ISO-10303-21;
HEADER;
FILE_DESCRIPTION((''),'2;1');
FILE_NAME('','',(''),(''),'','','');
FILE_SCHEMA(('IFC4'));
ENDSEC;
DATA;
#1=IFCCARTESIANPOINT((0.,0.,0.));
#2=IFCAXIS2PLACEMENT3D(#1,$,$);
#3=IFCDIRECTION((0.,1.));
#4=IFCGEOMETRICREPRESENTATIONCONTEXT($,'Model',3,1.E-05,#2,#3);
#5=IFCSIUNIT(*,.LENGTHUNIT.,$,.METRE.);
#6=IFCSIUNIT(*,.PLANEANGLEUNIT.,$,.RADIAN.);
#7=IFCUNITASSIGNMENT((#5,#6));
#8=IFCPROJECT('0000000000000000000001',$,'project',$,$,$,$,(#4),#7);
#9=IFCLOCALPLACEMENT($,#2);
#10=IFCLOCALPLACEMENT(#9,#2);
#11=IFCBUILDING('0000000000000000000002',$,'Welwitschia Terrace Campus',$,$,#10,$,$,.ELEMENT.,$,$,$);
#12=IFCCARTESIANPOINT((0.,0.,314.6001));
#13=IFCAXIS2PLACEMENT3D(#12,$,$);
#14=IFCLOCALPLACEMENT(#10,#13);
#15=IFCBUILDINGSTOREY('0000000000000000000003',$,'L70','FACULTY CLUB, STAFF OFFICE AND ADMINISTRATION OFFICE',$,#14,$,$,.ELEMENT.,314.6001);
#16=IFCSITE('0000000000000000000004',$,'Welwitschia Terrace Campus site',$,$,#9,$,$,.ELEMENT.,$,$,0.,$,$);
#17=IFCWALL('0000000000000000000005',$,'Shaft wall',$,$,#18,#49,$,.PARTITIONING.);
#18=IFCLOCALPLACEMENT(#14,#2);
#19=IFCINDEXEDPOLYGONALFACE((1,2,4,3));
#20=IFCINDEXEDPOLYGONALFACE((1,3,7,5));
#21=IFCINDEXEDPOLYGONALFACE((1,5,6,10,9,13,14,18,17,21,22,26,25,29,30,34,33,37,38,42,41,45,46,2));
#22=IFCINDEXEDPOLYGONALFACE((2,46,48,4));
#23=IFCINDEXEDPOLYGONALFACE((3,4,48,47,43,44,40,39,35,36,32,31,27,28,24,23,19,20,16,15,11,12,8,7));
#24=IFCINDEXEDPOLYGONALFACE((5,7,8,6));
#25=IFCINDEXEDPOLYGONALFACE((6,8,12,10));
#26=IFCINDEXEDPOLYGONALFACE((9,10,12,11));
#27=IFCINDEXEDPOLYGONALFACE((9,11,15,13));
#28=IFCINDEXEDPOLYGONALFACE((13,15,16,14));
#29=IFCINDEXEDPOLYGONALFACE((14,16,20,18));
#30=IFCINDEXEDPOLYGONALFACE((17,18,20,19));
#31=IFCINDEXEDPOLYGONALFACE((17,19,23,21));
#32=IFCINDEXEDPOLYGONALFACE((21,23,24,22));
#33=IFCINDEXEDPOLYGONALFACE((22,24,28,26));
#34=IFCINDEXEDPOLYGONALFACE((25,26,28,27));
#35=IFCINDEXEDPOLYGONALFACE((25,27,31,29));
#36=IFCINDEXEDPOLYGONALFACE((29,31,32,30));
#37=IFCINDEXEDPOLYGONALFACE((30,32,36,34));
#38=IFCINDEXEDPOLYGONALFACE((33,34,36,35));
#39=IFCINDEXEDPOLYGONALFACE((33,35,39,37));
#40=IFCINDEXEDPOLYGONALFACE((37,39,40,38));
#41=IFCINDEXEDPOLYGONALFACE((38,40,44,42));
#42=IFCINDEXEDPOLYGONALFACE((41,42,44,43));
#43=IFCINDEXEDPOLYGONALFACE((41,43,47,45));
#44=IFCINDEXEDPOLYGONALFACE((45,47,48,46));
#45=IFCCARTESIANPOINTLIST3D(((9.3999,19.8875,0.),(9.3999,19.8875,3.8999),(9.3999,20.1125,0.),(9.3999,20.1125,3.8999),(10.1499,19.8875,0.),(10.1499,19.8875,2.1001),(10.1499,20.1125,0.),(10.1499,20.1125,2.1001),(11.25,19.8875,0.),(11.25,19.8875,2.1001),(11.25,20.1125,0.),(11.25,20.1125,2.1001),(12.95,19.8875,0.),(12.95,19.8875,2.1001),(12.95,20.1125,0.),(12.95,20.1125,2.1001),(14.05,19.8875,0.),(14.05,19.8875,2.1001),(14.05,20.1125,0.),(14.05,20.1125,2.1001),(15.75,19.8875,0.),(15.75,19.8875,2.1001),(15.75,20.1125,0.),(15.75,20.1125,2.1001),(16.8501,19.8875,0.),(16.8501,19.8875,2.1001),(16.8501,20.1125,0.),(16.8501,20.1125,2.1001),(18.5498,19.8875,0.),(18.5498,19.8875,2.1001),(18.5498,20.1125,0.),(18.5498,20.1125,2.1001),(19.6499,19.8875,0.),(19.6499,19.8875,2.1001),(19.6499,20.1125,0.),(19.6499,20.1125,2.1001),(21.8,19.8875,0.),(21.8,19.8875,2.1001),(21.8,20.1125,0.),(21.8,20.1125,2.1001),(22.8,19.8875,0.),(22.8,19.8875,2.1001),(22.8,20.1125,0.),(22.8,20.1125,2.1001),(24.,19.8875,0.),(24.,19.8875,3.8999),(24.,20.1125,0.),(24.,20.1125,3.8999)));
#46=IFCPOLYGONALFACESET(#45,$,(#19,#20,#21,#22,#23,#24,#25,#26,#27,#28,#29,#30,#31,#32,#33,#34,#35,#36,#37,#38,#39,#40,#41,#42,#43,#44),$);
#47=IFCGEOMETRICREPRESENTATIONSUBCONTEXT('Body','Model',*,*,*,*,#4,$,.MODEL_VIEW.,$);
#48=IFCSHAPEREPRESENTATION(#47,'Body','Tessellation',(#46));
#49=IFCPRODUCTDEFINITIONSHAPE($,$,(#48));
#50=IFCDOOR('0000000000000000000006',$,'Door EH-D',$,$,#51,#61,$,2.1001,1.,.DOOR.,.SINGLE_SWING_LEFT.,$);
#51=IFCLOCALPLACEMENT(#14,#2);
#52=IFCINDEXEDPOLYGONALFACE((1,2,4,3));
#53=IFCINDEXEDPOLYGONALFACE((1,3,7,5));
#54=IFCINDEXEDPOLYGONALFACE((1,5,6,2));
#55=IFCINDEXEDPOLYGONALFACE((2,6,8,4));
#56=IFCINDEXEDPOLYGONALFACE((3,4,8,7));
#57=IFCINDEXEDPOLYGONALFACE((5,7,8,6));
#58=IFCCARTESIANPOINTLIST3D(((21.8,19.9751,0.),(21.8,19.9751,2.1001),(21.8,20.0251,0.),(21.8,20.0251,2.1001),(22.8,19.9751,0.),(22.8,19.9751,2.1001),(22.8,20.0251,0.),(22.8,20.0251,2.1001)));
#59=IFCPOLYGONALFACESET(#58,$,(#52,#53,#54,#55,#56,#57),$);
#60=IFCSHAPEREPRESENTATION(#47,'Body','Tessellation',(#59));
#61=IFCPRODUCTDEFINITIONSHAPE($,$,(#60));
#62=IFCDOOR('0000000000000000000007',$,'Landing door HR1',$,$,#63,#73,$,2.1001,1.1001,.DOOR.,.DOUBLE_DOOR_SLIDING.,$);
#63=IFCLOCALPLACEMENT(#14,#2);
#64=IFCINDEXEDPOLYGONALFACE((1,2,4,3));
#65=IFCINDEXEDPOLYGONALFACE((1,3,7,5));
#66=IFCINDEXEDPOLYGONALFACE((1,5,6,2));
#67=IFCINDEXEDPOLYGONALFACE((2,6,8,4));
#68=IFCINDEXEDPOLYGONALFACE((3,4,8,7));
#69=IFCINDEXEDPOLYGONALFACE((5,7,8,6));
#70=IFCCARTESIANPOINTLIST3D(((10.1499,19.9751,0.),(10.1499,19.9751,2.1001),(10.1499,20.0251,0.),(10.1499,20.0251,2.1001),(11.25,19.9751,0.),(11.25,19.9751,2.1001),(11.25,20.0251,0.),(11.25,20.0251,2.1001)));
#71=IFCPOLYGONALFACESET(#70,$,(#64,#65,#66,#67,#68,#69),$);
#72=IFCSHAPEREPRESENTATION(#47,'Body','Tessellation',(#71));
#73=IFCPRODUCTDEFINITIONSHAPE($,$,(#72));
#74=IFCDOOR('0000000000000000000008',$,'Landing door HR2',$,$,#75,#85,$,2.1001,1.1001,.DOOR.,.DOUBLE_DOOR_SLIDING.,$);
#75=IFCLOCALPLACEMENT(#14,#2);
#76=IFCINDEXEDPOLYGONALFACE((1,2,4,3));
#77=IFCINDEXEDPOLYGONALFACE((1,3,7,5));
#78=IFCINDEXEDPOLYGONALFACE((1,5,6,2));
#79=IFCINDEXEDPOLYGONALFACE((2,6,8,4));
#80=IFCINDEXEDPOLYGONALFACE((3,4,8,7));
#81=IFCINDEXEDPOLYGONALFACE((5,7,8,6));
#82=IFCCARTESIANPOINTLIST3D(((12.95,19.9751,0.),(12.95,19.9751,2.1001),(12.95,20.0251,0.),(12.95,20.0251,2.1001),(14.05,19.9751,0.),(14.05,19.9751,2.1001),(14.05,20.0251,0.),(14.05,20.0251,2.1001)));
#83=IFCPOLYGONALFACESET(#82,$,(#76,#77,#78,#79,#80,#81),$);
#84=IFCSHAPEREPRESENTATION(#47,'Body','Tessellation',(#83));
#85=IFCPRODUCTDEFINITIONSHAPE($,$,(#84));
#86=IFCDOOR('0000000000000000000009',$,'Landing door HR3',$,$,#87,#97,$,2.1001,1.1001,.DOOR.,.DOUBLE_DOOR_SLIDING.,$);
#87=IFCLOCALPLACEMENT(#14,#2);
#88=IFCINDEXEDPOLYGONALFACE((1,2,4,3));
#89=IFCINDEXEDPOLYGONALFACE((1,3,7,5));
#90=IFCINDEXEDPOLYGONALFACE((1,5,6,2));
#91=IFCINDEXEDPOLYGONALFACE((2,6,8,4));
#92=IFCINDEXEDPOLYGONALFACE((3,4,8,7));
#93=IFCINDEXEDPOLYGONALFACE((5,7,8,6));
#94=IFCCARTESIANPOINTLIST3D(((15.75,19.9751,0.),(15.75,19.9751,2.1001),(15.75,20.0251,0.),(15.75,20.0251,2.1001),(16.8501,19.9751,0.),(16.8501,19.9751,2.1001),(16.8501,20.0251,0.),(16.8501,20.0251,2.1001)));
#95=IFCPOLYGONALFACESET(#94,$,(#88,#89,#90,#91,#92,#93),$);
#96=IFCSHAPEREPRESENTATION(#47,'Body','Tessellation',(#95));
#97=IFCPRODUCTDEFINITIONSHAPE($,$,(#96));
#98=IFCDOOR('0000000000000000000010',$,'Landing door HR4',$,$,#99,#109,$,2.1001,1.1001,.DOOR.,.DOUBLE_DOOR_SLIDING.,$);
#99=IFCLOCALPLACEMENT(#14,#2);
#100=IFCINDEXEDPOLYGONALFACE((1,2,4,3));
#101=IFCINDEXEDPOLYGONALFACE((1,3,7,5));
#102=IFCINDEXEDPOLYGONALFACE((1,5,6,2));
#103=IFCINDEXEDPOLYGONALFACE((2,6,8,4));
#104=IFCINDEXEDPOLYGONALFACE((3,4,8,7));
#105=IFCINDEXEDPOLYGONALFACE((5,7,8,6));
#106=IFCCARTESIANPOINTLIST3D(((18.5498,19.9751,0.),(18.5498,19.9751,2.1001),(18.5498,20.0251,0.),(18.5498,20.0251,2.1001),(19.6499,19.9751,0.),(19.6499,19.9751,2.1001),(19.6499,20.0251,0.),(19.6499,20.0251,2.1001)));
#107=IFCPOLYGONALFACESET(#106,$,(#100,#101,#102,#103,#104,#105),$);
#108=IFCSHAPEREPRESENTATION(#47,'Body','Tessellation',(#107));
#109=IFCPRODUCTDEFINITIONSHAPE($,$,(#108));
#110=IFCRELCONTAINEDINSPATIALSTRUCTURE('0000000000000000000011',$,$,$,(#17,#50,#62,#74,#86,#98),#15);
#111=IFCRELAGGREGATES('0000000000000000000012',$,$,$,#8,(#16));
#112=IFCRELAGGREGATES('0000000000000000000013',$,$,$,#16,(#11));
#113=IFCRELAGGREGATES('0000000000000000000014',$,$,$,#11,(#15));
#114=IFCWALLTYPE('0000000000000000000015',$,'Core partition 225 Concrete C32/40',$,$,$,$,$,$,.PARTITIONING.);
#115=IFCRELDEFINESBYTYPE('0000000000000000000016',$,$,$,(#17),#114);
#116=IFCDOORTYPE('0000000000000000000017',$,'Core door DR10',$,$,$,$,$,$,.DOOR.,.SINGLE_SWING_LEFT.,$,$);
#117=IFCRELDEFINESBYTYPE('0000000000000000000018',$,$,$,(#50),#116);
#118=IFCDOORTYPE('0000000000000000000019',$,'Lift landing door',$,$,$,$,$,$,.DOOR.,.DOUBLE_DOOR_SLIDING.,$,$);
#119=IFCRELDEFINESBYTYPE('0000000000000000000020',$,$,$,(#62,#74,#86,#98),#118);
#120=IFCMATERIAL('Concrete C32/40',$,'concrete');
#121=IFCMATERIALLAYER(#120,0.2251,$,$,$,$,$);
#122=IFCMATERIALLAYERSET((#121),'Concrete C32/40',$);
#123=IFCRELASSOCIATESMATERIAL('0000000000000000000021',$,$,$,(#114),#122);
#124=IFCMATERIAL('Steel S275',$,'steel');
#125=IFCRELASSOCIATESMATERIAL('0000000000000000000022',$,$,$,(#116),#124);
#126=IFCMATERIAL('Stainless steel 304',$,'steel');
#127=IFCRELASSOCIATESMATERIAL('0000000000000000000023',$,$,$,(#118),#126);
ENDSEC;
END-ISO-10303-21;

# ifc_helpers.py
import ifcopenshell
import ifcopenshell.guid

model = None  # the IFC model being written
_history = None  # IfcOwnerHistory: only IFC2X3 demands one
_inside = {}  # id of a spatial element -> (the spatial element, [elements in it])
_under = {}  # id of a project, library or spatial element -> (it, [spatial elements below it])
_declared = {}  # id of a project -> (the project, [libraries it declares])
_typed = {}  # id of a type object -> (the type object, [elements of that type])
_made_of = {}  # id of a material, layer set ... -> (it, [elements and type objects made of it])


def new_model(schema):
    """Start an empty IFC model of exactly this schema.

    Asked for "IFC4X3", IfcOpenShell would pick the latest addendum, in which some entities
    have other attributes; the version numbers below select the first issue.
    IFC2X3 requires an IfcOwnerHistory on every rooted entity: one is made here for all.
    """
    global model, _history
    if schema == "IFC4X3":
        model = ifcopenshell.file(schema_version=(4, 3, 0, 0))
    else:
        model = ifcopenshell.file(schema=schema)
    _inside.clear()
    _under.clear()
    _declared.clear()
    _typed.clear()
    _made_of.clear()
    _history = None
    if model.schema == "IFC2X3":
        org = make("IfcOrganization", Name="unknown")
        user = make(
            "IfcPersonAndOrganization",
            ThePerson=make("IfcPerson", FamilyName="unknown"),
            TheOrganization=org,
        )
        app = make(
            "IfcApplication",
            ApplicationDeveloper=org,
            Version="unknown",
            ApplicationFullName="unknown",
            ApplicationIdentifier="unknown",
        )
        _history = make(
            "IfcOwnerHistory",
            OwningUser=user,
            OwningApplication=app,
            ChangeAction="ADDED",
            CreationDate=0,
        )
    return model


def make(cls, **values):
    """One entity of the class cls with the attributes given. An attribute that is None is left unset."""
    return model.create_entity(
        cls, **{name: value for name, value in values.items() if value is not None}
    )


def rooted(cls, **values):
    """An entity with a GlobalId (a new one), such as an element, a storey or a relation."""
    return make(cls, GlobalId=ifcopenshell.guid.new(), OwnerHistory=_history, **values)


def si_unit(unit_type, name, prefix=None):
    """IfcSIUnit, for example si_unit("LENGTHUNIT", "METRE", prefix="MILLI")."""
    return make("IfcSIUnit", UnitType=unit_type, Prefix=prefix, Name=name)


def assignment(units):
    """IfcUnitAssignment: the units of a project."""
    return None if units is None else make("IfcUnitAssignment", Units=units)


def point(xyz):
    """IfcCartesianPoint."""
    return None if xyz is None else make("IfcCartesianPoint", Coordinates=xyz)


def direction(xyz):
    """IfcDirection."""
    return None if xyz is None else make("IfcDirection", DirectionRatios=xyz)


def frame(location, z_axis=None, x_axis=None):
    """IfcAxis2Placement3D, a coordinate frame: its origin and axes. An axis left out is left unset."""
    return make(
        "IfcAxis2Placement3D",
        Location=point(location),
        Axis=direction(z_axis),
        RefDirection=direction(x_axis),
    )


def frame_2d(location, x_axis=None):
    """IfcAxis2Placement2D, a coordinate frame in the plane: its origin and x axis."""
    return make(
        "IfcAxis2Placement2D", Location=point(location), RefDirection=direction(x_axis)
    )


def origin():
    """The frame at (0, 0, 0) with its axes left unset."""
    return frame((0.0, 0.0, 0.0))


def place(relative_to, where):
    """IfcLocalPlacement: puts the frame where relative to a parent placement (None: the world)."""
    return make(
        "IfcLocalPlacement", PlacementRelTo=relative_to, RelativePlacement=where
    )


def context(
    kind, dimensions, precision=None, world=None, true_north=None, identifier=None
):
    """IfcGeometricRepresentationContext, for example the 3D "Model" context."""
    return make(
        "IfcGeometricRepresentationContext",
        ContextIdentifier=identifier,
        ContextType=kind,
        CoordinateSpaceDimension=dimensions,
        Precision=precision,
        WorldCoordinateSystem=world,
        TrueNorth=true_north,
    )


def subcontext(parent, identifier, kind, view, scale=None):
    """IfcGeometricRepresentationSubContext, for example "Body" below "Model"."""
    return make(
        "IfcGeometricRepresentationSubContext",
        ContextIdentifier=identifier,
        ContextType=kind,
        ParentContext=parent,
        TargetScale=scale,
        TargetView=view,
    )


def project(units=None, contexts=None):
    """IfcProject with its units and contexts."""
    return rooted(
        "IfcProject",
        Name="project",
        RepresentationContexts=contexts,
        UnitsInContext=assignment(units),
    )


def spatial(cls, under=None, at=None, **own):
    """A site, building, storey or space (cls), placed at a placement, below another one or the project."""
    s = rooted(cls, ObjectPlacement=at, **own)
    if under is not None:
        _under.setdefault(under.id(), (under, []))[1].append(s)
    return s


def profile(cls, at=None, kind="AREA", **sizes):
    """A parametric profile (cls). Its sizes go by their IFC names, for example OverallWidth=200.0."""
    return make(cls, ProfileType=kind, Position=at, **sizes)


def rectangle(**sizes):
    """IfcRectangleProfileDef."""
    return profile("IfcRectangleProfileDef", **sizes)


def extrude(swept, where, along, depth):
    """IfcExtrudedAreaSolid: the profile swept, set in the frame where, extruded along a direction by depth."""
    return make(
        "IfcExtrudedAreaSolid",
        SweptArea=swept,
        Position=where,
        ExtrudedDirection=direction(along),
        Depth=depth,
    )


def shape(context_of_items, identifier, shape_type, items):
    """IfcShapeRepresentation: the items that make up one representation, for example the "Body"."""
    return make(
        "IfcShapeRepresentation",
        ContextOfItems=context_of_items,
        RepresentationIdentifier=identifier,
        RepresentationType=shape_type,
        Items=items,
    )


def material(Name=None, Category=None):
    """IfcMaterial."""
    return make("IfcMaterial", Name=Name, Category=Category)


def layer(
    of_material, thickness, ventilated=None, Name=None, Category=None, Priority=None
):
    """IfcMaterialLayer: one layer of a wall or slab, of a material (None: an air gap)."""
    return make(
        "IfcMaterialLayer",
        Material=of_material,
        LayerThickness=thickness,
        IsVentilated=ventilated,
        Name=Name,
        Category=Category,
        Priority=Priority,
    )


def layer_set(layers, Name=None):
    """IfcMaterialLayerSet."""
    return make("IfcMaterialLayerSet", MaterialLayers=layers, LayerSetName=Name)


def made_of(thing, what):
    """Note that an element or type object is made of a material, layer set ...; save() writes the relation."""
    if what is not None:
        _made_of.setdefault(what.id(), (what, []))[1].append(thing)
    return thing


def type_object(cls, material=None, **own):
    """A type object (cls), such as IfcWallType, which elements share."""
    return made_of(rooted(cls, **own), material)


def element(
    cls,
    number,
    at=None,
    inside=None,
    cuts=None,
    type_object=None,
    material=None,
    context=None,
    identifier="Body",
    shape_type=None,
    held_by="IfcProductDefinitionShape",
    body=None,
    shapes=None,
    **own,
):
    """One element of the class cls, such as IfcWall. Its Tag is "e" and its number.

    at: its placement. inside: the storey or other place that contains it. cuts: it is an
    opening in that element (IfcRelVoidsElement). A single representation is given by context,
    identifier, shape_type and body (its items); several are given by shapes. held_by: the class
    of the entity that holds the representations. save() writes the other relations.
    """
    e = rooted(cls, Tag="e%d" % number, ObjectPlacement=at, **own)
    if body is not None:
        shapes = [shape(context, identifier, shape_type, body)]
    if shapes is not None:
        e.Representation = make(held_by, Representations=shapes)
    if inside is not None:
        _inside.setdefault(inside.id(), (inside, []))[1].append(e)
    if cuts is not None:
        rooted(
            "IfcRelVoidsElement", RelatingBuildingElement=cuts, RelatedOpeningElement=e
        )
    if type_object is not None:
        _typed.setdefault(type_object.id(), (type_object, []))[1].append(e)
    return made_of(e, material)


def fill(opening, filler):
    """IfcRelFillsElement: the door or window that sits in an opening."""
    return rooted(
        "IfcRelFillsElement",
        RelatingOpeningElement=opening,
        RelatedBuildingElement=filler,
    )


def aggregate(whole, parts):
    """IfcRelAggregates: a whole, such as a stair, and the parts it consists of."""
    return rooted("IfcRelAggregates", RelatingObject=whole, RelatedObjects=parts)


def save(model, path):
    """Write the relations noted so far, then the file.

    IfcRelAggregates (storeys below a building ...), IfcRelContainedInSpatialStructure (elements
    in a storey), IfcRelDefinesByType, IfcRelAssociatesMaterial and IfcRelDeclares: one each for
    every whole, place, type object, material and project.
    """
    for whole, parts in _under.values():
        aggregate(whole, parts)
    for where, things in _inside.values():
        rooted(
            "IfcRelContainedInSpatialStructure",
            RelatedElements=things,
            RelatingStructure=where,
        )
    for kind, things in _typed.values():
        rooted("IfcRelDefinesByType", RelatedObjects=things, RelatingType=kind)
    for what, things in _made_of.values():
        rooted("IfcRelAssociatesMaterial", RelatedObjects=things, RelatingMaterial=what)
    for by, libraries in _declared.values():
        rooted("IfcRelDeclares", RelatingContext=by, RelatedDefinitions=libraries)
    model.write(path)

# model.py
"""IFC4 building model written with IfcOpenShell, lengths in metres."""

from ifc_helpers import new_model, si_unit, direction, frame, frame_2d, origin, place, context, subcontext, project, spatial, rectangle, extrude, material, layer, layer_set, type_object, element, fill, save


model = new_model("IFC4")

# Units and contexts
model_context = context("Model", 3, precision=1e-05, world=origin(), true_north=direction((0.0, 1.0)))
body_context = subcontext(model_context, "Body", "Model", "MODEL_VIEW")
ifc_project = project(units=[si_unit("LENGTHUNIT", "METRE"), si_unit("PLANEANGLEUNIT", "RADIAN")], contexts=[model_context])

# Site, building, storey
site_placement = place(None, origin())
site = spatial("IfcSite", under=ifc_project, at=site_placement, Name="Welwitschia Terrace Campus site", CompositionType="ELEMENT", RefElevation=0.0)
building_placement = place(site_placement, origin())
building = spatial("IfcBuilding", under=site, at=building_placement, Name="Welwitschia Terrace Campus", CompositionType="ELEMENT")
storey_placement = place(building_placement, frame((0.0, 0.0, 314.6001)))
storey = spatial("IfcBuildingStorey", under=building, at=storey_placement, Name="L70", Description="FACULTY CLUB, STAFF OFFICE AND ADMINISTRATION OFFICE", CompositionType="ELEMENT", Elevation=314.6001)

# Wall, openings, doors
ifc_material_1 = material(Name="Concrete C32/40", Category="concrete")
ifc_layer_1 = layer(ifc_material_1, 0.2251)
ifc_layer_set_1 = layer_set([ifc_layer_1], Name="Concrete C32/40")
wall_type_1 = type_object("IfcWallType", Name="Core partition 225 Concrete C32/40", PredefinedType="PARTITIONING", material=ifc_layer_set_1)
wall_1_placement = place(storey_placement, frame((24.0, 20.0, 0.0), z_axis=(0.0, 0.0, 1.0), x_axis=(-1.0, 0.0, 0.0)))
wall_1 = element("IfcWall", 1, at=wall_1_placement, inside=storey, type_object=wall_type_1, Name="Shaft wall", PredefinedType="PARTITIONING", context=body_context, shape_type="SweptSolid", body=[
    extrude(rectangle(XDim=14.6001, YDim=0.2251, at=frame_2d((7.3, 0.0))), origin(), (0.0, 0.0, 1.0), 3.8999),
])
opening_1_placement = place(wall_1_placement, frame((12.75, 0.0, 0.0)))
opening_1 = element("IfcOpeningElement", 2, at=opening_1_placement, cuts=wall_1, PredefinedType="OPENING", context=body_context, shape_type="SweptSolid", body=[
    extrude(rectangle(XDim=1.1001, YDim=2.1001, at=frame_2d((0.55, 1.05))), frame((0.0, 0.1226, 0.0), z_axis=(0.0, -1.0, 0.0), x_axis=(1.0, 0.0, 0.0)), (0.0, 0.0, 1.0), 0.2451),
])
opening_2_placement = place(wall_1_placement, frame((9.95, 0.0, 0.0)))
opening_2 = element("IfcOpeningElement", 3, at=opening_2_placement, cuts=wall_1, PredefinedType="OPENING", context=body_context, shape_type="SweptSolid", body=[
    extrude(rectangle(XDim=1.1001, YDim=2.1001, at=frame_2d((0.55, 1.05))), frame((0.0, 0.1226, 0.0), z_axis=(0.0, -1.0, 0.0), x_axis=(1.0, 0.0, 0.0)), (0.0, 0.0, 1.0), 0.2451),
])
opening_3_placement = place(wall_1_placement, frame((7.1499, 0.0, 0.0)))
opening_3 = element("IfcOpeningElement", 4, at=opening_3_placement, cuts=wall_1, PredefinedType="OPENING", context=body_context, shape_type="SweptSolid", body=[
    extrude(rectangle(XDim=1.1001, YDim=2.1001, at=frame_2d((0.55, 1.05))), frame((0.0, 0.1226, 0.0), z_axis=(0.0, -1.0, 0.0), x_axis=(1.0, 0.0, 0.0)), (0.0, 0.0, 1.0), 0.2451),
])
opening_4_placement = place(wall_1_placement, frame((4.3501, 0.0, 0.0)))
opening_4 = element("IfcOpeningElement", 5, at=opening_4_placement, cuts=wall_1, PredefinedType="OPENING", context=body_context, shape_type="SweptSolid", body=[
    extrude(rectangle(XDim=1.1001, YDim=2.1001, at=frame_2d((0.55, 1.05))), frame((0.0, 0.1226, 0.0), z_axis=(0.0, -1.0, 0.0), x_axis=(1.0, 0.0, 0.0)), (0.0, 0.0, 1.0), 0.2451),
])
opening_5_placement = place(wall_1_placement, frame((1.2, 0.0, 0.0)))
opening_5 = element("IfcOpeningElement", 6, at=opening_5_placement, cuts=wall_1, PredefinedType="OPENING", context=body_context, shape_type="SweptSolid", body=[
    extrude(rectangle(XDim=1.0, YDim=2.1001, at=frame_2d((0.5, 1.05))), frame((0.0, 0.1226, 0.0), z_axis=(0.0, -1.0, 0.0), x_axis=(1.0, 0.0, 0.0)), (0.0, 0.0, 1.0), 0.2451),
])
ifc_material_2 = material(Name="Steel S275", Category="steel")
door_type_1 = type_object("IfcDoorType", Name="Core door DR10", OperationType="SINGLE_SWING_LEFT", PredefinedType="DOOR", material=ifc_material_2)
door_1_placement = place(opening_5_placement, origin())
door_1 = element("IfcDoor", 7, at=door_1_placement, inside=storey, type_object=door_type_1, Name="Door EH-D", OperationType="SINGLE_SWING_LEFT", OverallHeight=2.1001, OverallWidth=1.0, PredefinedType="DOOR", context=body_context, shape_type="SweptSolid", body=[
    extrude(rectangle(XDim=1.0, YDim=2.1001, at=frame_2d((0.5, 1.05))), frame((0.0, 0.0249, 0.0), z_axis=(0.0, -1.0, 0.0), x_axis=(1.0, 0.0, 0.0)), (0.0, 0.0, 1.0), 0.05),
])
fill(opening_5, door_1)
ifc_material_3 = material(Name="Stainless steel 304", Category="steel")
door_type_2 = type_object("IfcDoorType", Name="Lift landing door", OperationType="DOUBLE_DOOR_SLIDING", PredefinedType="DOOR", material=ifc_material_3)
door_2_placement = place(opening_1_placement, origin())
door_2 = element("IfcDoor", 8, at=door_2_placement, inside=storey, type_object=door_type_2, Name="Landing door HR1", OperationType="DOUBLE_DOOR_SLIDING", OverallHeight=2.1001, OverallWidth=1.1001, PredefinedType="DOOR", context=body_context, shape_type="SweptSolid", body=[
    extrude(rectangle(XDim=1.1001, YDim=2.1001, at=frame_2d((0.55, 1.05))), frame((0.0, 0.0249, 0.0), z_axis=(0.0, -1.0, 0.0), x_axis=(1.0, 0.0, 0.0)), (0.0, 0.0, 1.0), 0.05),
])
fill(opening_1, door_2)
door_3_placement = place(opening_2_placement, origin())
door_3 = element("IfcDoor", 9, at=door_3_placement, inside=storey, type_object=door_type_2, Name="Landing door HR2", OperationType="DOUBLE_DOOR_SLIDING", OverallHeight=2.1001, OverallWidth=1.1001, PredefinedType="DOOR", context=body_context, shape_type="SweptSolid", body=[
    extrude(rectangle(XDim=1.1001, YDim=2.1001, at=frame_2d((0.55, 1.05))), frame((0.0, 0.0249, 0.0), z_axis=(0.0, -1.0, 0.0), x_axis=(1.0, 0.0, 0.0)), (0.0, 0.0, 1.0), 0.05),
])
fill(opening_2, door_3)
door_4_placement = place(opening_3_placement, origin())
door_4 = element("IfcDoor", 10, at=door_4_placement, inside=storey, type_object=door_type_2, Name="Landing door HR3", OperationType="DOUBLE_DOOR_SLIDING", OverallHeight=2.1001, OverallWidth=1.1001, PredefinedType="DOOR", context=body_context, shape_type="SweptSolid", body=[
    extrude(rectangle(XDim=1.1001, YDim=2.1001, at=frame_2d((0.55, 1.05))), frame((0.0, 0.0249, 0.0), z_axis=(0.0, -1.0, 0.0), x_axis=(1.0, 0.0, 0.0)), (0.0, 0.0, 1.0), 0.05),
])
fill(opening_3, door_4)
door_5_placement = place(opening_4_placement, origin())
door_5 = element("IfcDoor", 11, at=door_5_placement, inside=storey, type_object=door_type_2, Name="Landing door HR4", OperationType="DOUBLE_DOOR_SLIDING", OverallHeight=2.1001, OverallWidth=1.1001, PredefinedType="DOOR", context=body_context, shape_type="SweptSolid", body=[
    extrude(rectangle(XDim=1.1001, YDim=2.1001, at=frame_2d((0.55, 1.05))), frame((0.0, 0.0249, 0.0), z_axis=(0.0, -1.0, 0.0), x_axis=(1.0, 0.0, 0.0)), (0.0, 0.0, 1.0), 0.05),
])
fill(opening_4, door_5)

save(model, "model.ifc")
